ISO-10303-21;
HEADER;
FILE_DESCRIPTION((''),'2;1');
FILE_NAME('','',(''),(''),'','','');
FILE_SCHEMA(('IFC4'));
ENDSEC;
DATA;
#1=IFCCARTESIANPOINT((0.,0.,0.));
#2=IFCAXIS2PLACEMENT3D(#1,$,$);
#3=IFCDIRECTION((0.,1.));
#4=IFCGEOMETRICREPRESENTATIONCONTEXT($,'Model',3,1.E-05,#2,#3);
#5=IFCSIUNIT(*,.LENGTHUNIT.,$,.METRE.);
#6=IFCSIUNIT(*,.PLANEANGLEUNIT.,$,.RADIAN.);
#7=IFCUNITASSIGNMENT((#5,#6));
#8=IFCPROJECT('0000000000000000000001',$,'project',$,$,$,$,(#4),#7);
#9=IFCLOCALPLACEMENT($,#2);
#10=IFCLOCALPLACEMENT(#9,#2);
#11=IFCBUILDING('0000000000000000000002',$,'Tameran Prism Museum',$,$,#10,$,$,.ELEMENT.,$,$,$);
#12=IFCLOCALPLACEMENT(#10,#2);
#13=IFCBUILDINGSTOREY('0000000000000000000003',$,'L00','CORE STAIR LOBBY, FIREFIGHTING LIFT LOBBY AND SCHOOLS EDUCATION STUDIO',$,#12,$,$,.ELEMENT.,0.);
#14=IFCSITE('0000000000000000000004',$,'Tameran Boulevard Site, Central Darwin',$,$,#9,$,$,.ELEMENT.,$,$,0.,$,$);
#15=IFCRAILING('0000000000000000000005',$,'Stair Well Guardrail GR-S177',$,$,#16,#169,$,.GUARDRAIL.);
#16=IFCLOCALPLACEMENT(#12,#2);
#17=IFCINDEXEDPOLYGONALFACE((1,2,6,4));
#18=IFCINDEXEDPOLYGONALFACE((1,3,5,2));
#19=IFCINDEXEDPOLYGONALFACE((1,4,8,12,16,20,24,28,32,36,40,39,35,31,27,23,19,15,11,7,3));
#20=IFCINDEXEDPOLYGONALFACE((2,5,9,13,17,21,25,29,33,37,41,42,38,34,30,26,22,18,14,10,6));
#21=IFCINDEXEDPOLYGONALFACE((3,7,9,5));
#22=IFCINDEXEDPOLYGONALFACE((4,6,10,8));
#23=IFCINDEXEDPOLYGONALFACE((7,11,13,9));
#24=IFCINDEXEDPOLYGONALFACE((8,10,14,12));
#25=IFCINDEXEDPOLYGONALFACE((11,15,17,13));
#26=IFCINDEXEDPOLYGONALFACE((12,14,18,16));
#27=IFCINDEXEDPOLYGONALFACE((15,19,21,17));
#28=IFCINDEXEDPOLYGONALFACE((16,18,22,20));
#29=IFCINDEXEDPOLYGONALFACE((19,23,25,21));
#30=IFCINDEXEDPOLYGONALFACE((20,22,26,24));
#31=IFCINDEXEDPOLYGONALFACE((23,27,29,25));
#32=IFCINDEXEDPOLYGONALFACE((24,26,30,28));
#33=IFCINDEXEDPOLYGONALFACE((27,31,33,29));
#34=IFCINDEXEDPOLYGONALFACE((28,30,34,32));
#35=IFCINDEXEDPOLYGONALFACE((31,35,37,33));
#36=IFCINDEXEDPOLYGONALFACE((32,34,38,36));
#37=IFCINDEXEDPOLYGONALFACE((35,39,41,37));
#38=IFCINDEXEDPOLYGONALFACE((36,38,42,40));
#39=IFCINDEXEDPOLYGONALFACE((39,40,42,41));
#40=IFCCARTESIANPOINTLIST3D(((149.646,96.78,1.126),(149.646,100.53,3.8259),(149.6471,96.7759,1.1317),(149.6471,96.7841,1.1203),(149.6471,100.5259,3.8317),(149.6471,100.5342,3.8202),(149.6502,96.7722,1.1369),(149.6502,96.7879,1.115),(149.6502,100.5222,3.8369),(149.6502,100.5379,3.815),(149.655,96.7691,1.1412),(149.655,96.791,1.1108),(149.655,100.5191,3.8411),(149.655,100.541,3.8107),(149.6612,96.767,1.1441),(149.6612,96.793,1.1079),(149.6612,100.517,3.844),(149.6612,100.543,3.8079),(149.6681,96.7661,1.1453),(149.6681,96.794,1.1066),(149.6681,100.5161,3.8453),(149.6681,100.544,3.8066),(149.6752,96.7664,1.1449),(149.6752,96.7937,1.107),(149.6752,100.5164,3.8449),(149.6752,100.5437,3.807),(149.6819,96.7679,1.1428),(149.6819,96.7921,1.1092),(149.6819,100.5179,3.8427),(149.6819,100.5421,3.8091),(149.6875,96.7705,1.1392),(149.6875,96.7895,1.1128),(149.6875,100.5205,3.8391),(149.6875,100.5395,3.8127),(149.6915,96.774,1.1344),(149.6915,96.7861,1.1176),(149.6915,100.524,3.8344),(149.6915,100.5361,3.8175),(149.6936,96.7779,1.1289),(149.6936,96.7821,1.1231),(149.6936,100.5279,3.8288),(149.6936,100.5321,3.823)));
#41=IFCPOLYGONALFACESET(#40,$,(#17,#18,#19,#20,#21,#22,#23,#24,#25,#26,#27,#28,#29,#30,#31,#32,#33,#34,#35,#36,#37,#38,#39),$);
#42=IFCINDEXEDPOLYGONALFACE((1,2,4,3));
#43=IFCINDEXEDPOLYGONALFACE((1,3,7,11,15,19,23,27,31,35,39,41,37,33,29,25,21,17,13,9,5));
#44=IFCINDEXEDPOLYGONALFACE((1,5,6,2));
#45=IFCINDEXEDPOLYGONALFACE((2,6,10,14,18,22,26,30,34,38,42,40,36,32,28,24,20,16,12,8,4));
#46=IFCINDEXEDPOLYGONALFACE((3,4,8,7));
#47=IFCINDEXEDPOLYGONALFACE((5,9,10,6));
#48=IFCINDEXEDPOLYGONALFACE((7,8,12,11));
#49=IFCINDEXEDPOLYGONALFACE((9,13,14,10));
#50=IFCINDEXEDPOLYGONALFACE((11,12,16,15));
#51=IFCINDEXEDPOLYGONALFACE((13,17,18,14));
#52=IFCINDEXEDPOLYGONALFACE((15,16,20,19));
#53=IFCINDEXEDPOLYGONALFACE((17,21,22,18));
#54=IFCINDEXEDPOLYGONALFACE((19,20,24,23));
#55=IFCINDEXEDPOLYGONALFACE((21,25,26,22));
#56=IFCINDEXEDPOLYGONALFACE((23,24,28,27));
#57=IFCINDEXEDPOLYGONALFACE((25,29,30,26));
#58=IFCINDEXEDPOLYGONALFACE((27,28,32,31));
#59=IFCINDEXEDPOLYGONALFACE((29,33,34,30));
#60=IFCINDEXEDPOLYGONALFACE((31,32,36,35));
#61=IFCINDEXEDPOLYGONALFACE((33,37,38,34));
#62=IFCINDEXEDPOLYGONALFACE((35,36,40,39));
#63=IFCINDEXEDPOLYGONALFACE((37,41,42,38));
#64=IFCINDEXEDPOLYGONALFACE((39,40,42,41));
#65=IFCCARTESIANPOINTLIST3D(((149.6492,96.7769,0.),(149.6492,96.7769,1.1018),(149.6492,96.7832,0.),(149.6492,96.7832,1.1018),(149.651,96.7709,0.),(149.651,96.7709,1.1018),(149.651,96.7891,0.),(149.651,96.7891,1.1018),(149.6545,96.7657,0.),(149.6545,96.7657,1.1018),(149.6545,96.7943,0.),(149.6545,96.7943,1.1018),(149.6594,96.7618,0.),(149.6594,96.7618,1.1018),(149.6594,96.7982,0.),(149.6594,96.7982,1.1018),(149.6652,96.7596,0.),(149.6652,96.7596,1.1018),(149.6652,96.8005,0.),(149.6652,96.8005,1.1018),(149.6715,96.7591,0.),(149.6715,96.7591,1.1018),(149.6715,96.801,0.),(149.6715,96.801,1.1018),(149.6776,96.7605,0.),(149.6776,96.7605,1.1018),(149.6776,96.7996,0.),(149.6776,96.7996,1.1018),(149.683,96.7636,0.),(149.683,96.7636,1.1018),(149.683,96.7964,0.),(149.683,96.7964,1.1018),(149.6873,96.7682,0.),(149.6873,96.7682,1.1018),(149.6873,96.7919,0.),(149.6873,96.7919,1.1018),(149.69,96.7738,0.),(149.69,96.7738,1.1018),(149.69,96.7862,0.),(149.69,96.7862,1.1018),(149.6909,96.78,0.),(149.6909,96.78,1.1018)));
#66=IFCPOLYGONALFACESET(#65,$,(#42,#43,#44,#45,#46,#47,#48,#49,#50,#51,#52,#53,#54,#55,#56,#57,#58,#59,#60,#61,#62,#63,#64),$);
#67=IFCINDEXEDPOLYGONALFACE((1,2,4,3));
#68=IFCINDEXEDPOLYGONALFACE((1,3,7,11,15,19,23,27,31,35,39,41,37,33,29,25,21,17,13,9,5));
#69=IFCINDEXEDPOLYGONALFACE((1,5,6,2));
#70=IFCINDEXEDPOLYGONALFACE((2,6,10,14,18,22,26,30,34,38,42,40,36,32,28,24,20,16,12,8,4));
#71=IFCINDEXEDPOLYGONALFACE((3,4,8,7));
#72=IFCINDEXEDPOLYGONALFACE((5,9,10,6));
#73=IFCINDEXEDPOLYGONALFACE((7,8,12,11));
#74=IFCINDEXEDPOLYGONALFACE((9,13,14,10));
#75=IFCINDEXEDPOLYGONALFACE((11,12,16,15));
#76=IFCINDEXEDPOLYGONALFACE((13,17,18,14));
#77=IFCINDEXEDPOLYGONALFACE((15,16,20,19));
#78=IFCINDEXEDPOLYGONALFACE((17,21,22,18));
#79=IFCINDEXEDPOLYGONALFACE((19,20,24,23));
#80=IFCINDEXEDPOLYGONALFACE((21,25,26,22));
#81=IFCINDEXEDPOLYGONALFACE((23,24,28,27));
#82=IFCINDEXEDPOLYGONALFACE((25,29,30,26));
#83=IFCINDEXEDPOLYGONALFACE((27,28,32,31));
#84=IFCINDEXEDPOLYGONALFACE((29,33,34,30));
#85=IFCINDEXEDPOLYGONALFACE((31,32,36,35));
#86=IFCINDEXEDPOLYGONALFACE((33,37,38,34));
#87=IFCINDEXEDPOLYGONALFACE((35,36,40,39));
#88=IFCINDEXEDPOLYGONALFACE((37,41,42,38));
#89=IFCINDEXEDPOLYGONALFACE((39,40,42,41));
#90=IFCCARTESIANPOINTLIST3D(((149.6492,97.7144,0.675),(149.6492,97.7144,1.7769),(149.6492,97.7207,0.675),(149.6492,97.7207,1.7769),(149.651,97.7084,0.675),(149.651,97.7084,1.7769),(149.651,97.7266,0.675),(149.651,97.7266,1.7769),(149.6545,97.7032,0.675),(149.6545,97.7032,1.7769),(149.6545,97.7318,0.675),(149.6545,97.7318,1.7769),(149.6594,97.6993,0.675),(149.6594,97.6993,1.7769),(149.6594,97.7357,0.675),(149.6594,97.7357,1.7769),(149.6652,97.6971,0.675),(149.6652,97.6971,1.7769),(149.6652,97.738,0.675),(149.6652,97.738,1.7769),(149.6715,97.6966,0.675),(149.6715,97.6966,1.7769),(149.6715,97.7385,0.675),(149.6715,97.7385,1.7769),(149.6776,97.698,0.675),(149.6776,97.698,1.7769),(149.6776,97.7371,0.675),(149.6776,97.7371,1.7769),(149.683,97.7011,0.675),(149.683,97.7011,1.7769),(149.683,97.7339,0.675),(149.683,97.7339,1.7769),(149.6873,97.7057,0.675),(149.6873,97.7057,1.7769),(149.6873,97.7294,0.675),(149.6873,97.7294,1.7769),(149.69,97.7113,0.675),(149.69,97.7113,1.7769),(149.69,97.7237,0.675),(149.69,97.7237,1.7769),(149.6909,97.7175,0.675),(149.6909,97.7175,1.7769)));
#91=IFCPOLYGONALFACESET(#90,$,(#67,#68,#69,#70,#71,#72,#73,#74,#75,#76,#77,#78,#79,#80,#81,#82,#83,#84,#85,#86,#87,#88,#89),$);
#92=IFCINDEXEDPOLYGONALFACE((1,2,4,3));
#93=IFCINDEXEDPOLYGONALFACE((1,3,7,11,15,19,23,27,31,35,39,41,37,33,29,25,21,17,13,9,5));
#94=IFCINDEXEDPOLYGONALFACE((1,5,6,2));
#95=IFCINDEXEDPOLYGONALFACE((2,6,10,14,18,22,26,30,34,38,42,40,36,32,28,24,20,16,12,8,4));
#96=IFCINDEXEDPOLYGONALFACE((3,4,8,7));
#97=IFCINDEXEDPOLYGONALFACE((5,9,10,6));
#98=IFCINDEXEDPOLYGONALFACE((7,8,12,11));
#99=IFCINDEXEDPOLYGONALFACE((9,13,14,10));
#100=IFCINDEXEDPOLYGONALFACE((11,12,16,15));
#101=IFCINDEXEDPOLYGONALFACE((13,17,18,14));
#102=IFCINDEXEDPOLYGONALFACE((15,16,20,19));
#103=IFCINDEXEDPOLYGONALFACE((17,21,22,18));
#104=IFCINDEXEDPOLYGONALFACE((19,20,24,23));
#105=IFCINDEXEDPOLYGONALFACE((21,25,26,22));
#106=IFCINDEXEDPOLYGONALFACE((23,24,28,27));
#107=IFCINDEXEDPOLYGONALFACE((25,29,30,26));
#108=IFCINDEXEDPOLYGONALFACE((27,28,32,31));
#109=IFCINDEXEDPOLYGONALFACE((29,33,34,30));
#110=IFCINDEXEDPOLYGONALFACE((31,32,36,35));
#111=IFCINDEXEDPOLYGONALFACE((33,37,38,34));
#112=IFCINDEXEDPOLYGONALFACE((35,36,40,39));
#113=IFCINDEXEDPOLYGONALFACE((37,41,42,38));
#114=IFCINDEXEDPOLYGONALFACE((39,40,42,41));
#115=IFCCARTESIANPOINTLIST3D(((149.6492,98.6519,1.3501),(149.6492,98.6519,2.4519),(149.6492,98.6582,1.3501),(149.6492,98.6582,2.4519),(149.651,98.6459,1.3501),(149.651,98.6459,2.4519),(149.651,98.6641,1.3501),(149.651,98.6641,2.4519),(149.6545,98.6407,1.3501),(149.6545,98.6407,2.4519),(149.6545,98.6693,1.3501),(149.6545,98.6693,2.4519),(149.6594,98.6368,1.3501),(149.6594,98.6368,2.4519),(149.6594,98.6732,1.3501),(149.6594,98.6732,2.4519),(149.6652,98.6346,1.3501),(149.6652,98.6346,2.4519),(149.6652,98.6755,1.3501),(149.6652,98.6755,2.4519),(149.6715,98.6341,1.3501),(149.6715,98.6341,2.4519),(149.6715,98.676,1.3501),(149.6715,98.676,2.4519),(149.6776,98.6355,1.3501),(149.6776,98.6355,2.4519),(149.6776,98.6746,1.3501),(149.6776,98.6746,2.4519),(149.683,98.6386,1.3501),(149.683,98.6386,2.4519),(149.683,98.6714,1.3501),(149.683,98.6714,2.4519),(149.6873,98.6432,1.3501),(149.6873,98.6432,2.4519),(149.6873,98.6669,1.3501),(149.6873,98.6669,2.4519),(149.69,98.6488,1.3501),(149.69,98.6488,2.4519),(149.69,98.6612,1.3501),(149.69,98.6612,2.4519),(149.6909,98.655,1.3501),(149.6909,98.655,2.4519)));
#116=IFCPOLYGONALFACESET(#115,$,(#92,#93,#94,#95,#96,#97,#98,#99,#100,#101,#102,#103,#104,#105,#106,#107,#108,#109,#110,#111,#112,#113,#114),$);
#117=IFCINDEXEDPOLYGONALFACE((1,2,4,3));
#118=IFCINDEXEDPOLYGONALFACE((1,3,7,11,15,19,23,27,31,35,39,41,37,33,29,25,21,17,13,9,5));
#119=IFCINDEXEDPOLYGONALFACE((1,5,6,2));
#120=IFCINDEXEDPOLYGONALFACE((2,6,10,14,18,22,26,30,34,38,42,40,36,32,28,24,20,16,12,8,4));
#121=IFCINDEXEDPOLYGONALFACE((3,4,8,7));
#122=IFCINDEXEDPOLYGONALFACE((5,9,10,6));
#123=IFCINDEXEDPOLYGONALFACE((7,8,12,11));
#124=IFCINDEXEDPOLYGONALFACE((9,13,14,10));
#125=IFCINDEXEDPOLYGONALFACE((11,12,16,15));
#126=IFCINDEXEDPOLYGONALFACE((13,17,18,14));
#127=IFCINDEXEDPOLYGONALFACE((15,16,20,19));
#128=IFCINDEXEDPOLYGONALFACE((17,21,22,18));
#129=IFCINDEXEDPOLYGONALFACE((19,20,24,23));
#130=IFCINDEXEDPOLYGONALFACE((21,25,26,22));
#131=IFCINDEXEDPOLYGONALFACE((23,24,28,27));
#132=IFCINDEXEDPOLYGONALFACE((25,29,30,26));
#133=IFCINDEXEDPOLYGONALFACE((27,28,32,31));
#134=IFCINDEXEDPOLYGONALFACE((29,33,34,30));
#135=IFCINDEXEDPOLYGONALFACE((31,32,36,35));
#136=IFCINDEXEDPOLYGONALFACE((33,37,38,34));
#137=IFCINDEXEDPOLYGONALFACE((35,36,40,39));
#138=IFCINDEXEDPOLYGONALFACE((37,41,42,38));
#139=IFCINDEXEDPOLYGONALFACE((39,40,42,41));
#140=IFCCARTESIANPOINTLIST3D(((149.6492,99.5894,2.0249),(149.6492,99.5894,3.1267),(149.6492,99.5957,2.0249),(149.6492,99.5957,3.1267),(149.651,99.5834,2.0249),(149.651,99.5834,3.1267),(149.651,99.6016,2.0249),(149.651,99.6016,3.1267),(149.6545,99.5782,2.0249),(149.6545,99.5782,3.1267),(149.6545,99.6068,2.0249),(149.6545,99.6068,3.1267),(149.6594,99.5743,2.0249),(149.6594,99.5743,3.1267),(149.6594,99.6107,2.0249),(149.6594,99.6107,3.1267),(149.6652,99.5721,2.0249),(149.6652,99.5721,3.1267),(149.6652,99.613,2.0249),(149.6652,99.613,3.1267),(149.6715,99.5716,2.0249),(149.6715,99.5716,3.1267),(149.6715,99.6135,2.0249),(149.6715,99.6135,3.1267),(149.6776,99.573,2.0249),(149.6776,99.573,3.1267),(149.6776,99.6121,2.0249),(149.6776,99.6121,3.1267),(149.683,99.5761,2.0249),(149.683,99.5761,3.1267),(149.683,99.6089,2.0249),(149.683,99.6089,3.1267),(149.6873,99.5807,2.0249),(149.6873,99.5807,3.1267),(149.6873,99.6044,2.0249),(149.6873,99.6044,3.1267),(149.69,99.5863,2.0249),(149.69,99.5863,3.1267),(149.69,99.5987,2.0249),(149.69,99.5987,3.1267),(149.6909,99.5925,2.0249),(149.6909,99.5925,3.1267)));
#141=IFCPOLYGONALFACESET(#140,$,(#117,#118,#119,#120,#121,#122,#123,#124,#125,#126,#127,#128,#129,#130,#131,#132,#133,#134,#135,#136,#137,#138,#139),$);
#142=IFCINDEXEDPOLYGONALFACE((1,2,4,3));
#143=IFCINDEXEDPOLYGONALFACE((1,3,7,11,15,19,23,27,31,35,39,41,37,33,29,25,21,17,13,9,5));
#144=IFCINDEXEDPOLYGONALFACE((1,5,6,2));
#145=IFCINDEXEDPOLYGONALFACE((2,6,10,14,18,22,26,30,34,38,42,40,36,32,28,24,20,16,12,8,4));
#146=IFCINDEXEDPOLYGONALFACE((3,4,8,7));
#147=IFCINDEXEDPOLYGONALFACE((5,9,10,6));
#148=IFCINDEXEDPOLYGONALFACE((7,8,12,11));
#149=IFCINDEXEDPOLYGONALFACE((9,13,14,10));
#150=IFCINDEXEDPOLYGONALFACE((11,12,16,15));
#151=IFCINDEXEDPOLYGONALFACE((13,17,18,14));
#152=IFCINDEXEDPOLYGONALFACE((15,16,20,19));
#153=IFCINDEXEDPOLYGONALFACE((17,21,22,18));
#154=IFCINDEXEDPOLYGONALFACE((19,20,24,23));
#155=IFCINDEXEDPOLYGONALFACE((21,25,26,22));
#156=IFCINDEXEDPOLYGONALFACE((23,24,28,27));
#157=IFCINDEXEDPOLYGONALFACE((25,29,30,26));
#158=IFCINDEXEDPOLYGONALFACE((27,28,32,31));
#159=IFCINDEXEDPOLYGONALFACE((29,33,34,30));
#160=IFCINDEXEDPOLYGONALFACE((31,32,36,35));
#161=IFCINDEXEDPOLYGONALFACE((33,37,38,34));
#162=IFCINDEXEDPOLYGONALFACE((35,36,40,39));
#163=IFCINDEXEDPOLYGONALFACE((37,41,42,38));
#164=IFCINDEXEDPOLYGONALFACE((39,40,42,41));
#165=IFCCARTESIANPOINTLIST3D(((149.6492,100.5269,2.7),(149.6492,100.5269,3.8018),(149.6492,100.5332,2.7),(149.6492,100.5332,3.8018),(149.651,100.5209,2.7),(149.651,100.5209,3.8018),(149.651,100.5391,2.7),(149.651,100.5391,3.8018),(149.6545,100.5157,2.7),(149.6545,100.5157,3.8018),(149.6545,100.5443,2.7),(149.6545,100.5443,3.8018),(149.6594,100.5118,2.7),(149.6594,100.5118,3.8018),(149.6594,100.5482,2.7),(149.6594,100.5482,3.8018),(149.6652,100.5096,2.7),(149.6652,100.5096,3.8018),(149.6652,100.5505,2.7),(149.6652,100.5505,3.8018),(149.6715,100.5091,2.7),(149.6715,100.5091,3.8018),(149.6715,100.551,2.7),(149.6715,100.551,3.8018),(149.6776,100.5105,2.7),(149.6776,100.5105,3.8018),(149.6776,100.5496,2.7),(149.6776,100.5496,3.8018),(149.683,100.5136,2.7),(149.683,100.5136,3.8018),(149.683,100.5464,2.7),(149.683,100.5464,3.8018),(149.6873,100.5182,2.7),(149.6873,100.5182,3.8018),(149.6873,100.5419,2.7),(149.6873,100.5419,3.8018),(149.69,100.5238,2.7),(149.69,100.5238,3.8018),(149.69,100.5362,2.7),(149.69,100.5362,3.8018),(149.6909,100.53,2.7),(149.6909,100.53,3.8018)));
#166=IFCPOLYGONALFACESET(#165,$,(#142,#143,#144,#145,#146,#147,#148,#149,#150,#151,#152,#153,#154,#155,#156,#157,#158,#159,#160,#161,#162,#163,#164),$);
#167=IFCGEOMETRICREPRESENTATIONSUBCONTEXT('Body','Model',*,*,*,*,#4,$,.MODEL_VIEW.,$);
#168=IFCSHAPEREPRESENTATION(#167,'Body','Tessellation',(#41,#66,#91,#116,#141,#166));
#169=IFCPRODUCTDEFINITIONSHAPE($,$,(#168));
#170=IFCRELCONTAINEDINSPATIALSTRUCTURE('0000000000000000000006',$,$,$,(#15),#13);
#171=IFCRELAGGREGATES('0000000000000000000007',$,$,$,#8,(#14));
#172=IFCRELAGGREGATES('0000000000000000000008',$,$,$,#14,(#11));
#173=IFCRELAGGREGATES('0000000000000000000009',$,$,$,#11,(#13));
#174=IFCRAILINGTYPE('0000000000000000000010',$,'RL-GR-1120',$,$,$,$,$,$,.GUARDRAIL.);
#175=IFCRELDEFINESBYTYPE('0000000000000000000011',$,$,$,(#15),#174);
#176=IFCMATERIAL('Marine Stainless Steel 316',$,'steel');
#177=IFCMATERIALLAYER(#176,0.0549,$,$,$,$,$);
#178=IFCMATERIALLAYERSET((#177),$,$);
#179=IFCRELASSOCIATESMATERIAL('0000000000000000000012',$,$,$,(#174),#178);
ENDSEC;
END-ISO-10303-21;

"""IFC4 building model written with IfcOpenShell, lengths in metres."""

from ifc_helpers import new_model, si_unit, direction, frame, origin, origin_2d, place, context, subcontext, project, spatial, circle, extrude, material, layer, layer_set, type_object, element, save


model = new_model("IFC4")

# Units and contexts
model_context = context("Model", 3, precision=1e-05, world=origin(), true_north=direction((0.0, 1.0)))
body_context = subcontext(model_context, "Body", "Model", "MODEL_VIEW")
ifc_project = project(units=[si_unit("LENGTHUNIT", "METRE"), si_unit("PLANEANGLEUNIT", "RADIAN")], contexts=[model_context])

# Site, building, storey
site_placement = place(None, origin())
site = spatial("IfcSite", under=ifc_project, at=site_placement, Name="Tameran Boulevard Site, Central Darwin", CompositionType="ELEMENT", RefElevation=0.0)
building_placement = place(site_placement, origin())
building = spatial("IfcBuilding", under=site, at=building_placement, Name="Tameran Prism Museum", CompositionType="ELEMENT")
storey_placement = place(building_placement, origin())
storey = spatial("IfcBuildingStorey", under=building, at=storey_placement, Name="L00", Description="CORE STAIR LOBBY, FIREFIGHTING LIFT LOBBY AND SCHOOLS EDUCATION STUDIO", CompositionType="ELEMENT", Elevation=0.0)

# Railing
ifc_material_1 = material(Name="Marine Stainless Steel 316", Category="steel")
ifc_layer_1 = layer(ifc_material_1, 0.0549)
ifc_layer_set_1 = layer_set([ifc_layer_1])
railing_type_1 = type_object("IfcRailingType", Name="RL-GR-1120", PredefinedType="GUARDRAIL", material=ifc_layer_set_1)
railing_1_placement = place(storey_placement, frame((149.6699, 96.78, 0.0)))
element("IfcRailing", 1, at=railing_1_placement, inside=storey, type_object=railing_type_1, Name="Stair Well Guardrail GR-S177", PredefinedType="GUARDRAIL", context=body_context, shape_type="SweptSolid", body=[
    extrude(circle(Radius=0.0239, at=origin_2d()), frame((0.0, 0.0, 1.126), z_axis=(0.0, 0.811539, 0.584298), x_axis=(-1.0, 0.0, 0.0)), (0.0, 0.0, 1.0), 4.6208),
    extrude(circle(Radius=0.021, at=origin_2d()), origin(), (0.0, 0.0, 1.0), 1.1018),
    extrude(circle(Radius=0.021, at=origin_2d()), frame((0.0, 0.9375, 0.675)), (0.0, 0.0, 1.0), 1.1018),
    extrude(circle(Radius=0.021, at=origin_2d()), frame((0.0, 1.875, 1.3501)), (0.0, 0.0, 1.0), 1.1018),
    extrude(circle(Radius=0.021, at=origin_2d()), frame((0.0, 2.8125, 2.0249)), (0.0, 0.0, 1.0), 1.1018),
    extrude(circle(Radius=0.021, at=origin_2d()), frame((0.0, 3.75, 2.7)), (0.0, 0.0, 1.0), 1.1018),
])

save(model, "model.ifc")
